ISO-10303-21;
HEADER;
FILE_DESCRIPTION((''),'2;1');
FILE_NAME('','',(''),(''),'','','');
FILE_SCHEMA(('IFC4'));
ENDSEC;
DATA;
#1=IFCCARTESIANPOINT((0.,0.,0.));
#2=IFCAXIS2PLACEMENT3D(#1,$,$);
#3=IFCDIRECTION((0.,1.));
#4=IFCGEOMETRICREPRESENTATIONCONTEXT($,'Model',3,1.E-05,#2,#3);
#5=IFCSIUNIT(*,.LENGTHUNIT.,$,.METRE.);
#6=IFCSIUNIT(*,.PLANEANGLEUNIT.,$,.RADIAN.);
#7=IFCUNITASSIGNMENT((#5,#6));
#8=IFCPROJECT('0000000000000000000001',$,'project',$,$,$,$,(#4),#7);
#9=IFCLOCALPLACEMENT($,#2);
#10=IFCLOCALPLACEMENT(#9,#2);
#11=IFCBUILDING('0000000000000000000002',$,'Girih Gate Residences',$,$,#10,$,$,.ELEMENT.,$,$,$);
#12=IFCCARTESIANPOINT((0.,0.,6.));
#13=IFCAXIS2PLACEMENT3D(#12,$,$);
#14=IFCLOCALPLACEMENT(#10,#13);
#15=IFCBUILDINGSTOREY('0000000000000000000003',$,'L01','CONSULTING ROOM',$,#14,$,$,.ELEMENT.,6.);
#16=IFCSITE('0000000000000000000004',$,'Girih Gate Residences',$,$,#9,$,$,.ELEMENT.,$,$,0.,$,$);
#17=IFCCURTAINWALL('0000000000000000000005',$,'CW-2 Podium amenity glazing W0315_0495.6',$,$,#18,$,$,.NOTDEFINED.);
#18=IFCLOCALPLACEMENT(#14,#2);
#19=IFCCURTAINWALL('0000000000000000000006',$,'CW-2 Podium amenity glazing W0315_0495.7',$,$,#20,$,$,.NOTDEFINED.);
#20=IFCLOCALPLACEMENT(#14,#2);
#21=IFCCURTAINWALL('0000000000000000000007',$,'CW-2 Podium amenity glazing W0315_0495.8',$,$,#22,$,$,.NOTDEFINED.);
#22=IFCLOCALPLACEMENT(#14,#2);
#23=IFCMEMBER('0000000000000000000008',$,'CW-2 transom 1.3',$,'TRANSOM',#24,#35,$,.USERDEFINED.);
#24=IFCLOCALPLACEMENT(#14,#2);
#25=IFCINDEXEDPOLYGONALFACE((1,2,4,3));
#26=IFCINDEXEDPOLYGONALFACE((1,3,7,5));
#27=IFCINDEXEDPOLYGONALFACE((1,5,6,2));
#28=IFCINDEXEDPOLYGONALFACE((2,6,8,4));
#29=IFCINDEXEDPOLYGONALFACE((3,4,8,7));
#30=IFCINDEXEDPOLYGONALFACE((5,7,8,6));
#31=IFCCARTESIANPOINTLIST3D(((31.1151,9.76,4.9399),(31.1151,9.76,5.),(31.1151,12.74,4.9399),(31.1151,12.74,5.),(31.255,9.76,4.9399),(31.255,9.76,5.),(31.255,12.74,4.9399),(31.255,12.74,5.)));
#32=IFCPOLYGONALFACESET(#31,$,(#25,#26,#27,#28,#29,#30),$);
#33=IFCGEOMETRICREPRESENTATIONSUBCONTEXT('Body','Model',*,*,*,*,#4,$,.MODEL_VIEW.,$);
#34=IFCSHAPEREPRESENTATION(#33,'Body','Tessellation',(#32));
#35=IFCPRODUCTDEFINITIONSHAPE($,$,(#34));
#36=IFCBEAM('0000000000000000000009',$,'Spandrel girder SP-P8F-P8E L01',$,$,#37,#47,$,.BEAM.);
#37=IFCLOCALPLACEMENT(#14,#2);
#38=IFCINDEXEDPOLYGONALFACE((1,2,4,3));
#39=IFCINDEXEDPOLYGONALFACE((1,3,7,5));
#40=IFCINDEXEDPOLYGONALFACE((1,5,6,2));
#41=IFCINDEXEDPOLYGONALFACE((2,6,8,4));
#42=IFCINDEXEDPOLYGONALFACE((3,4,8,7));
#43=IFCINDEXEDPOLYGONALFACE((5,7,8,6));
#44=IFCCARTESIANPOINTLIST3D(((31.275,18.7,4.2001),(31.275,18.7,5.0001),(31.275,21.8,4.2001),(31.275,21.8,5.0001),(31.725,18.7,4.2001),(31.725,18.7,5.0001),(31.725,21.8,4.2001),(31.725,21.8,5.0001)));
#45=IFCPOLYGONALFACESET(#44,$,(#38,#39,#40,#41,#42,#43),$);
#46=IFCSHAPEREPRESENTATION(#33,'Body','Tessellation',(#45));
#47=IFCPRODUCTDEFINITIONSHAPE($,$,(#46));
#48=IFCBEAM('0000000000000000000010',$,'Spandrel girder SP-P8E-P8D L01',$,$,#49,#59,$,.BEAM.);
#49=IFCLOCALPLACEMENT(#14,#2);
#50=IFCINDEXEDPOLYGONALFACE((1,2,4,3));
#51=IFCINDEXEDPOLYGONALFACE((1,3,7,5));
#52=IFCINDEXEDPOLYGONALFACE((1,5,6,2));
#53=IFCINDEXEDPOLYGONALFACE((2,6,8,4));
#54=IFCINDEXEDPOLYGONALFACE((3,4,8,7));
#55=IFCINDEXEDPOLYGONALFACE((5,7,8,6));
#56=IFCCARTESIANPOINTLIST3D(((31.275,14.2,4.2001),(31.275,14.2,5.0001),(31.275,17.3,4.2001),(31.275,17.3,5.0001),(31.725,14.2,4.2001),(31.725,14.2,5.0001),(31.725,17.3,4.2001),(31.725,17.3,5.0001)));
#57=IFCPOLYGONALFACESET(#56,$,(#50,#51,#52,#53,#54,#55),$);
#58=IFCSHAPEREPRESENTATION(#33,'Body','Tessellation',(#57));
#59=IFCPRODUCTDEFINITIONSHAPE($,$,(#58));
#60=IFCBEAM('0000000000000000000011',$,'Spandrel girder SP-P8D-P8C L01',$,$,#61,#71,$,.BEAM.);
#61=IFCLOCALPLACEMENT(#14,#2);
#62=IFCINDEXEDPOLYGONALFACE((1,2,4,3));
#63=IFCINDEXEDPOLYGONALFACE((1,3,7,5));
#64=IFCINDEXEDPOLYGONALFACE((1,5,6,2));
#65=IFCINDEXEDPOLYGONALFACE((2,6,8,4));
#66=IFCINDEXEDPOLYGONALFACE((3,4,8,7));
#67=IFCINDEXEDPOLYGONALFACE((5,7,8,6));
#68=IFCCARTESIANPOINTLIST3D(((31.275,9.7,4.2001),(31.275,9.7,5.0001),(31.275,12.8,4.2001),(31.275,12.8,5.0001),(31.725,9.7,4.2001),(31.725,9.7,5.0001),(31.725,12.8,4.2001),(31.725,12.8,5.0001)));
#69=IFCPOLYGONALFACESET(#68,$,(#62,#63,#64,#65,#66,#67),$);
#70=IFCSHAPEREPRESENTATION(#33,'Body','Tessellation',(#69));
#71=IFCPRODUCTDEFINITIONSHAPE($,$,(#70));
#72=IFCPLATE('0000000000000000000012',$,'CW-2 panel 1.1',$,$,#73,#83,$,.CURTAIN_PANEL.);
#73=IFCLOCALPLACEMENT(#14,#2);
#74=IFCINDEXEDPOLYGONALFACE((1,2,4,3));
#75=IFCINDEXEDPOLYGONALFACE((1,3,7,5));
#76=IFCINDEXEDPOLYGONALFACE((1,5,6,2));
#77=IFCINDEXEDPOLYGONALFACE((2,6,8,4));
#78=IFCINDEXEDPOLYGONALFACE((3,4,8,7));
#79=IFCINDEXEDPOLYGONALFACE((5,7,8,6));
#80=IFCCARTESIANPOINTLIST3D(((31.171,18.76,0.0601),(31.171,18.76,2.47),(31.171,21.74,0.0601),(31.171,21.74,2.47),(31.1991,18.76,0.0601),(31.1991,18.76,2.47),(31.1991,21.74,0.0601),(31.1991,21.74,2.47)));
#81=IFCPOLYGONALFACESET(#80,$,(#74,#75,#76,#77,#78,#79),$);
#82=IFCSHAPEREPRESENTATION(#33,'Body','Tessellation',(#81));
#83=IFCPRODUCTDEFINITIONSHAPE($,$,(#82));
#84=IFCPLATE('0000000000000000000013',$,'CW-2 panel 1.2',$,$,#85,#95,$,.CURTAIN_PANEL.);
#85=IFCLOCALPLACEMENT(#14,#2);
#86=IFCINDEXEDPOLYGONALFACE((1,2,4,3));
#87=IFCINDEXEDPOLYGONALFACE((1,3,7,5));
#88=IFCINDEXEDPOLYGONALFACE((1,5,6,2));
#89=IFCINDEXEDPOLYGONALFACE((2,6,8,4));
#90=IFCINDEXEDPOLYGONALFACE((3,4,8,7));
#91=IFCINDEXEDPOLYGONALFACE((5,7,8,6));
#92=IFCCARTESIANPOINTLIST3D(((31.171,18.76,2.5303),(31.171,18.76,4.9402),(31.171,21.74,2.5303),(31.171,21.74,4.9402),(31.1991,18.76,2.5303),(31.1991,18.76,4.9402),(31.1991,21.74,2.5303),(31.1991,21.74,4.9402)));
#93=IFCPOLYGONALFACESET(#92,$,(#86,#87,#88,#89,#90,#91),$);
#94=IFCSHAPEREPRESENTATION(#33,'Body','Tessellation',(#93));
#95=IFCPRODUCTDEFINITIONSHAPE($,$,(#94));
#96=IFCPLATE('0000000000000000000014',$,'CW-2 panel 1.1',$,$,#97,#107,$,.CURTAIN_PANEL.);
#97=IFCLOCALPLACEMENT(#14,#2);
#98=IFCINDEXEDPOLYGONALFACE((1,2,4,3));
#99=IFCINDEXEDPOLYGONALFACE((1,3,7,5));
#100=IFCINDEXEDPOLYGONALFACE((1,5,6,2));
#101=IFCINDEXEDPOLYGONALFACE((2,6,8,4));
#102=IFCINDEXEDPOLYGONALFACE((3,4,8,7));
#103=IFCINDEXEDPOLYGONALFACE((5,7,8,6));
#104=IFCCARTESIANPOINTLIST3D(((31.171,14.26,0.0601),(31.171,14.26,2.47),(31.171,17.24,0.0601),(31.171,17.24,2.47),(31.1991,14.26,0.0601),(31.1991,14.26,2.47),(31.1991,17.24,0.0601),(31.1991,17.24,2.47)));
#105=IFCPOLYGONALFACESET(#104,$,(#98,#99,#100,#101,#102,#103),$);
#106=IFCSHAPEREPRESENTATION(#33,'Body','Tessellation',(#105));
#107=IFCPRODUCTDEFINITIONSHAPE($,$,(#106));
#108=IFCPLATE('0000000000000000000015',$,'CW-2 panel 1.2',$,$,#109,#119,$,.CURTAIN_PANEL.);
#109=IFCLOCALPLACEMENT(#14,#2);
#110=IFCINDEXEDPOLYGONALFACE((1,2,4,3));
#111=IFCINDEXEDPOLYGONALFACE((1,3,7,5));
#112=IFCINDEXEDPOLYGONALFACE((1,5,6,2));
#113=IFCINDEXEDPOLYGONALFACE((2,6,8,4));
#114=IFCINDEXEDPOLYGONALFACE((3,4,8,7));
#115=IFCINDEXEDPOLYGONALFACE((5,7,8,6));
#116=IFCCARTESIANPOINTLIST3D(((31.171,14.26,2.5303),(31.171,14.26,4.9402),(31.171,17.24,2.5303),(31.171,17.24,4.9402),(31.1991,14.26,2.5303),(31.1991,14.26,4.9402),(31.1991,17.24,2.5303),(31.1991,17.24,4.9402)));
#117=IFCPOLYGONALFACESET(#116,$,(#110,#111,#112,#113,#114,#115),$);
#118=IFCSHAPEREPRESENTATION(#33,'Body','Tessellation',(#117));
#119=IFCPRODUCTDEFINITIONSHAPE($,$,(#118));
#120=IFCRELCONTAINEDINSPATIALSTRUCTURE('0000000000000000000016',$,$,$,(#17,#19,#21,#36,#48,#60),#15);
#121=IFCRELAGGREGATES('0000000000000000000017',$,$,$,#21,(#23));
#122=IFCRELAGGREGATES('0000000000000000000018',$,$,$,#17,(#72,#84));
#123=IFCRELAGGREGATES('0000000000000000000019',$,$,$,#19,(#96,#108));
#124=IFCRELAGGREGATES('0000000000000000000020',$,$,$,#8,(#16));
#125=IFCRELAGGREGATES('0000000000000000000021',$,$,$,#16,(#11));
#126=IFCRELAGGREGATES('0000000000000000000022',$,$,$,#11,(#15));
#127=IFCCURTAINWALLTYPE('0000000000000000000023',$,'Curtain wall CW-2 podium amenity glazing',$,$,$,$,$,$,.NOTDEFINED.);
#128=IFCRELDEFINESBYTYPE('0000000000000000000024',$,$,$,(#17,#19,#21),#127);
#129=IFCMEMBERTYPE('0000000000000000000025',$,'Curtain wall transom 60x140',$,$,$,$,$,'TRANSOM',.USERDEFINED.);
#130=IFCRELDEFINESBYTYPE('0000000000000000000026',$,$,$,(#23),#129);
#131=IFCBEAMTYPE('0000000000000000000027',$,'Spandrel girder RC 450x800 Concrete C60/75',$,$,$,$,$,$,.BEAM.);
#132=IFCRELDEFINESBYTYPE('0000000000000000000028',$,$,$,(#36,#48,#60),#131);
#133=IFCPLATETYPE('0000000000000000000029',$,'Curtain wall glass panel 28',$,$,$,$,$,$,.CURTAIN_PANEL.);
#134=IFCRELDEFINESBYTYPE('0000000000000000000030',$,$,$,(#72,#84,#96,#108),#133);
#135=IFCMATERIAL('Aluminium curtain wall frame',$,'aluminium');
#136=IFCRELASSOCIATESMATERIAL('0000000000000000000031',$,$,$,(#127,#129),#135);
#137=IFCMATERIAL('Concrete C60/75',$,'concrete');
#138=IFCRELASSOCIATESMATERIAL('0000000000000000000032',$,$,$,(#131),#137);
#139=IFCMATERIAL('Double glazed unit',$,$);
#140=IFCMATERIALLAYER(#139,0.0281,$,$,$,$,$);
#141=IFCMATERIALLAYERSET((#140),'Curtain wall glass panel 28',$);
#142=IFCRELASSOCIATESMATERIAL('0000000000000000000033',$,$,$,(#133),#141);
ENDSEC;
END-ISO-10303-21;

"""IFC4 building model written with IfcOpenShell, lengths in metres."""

from ifc_helpers import new_model, si_unit, direction, frame, origin, origin_2d, place, context, subcontext, project, spatial, rectangle, extrude, material, layer, layer_set, material_profile, profile_set, type_object, element, aggregate, save


model = new_model("IFC4")

# Units and contexts
model_context = context("Model", 3, precision=1e-05, world=origin(), true_north=direction((0.0, 1.0)))
body_context = subcontext(model_context, "Body", "Model", "MODEL_VIEW")
ifc_project = project(units=[si_unit("LENGTHUNIT", "METRE"), si_unit("PLANEANGLEUNIT", "RADIAN")], contexts=[model_context])

# Site, building, storey
site_placement = place(None, origin())
site = spatial("IfcSite", under=ifc_project, at=site_placement, Name="Girih Gate Residences", CompositionType="ELEMENT", RefElevation=0.0)
building_placement = place(site_placement, origin())
building = spatial("IfcBuilding", under=site, at=building_placement, Name="Girih Gate Residences", CompositionType="ELEMENT")
storey_placement = place(building_placement, frame((0.0, 0.0, 6.0)))
storey = spatial("IfcBuildingStorey", under=building, at=storey_placement, Name="L01", Description="CONSULTING ROOM", CompositionType="ELEMENT", Elevation=6.0)

# Shared definitions
ifc_material_1 = material(Name="Aluminium curtain wall frame", Category="aluminium")
curtain_wall_type = type_object("IfcCurtainWallType", Name="Curtain wall CW-2 podium amenity glazing", PredefinedType="NOTDEFINED", material=ifc_material_1)

# Curtain walls
curtain_wall_1_placement = place(storey_placement, origin())
curtain_wall_1 = element("IfcCurtainWall", 1, at=curtain_wall_1_placement, inside=storey, type_object=curtain_wall_type, Name="CW-2 Podium amenity glazing W0315_0495.6", PredefinedType="NOTDEFINED")
curtain_wall_2_placement = place(storey_placement, origin())
curtain_wall_2 = element("IfcCurtainWall", 2, at=curtain_wall_2_placement, inside=storey, type_object=curtain_wall_type, Name="CW-2 Podium amenity glazing W0315_0495.7", PredefinedType="NOTDEFINED")

# Curtain wall
curtain_wall_3_placement = place(storey_placement, origin())
curtain_wall_3 = element("IfcCurtainWall", 3, at=curtain_wall_3_placement, inside=storey, type_object=curtain_wall_type, Name="CW-2 Podium amenity glazing W0315_0495.8", PredefinedType="NOTDEFINED")

# Member
ifc_material_profile_1 = material_profile(ifc_material_1, rectangle(XDim=0.1399, YDim=0.0601, at=origin_2d()))
ifc_profile_set_1 = profile_set([ifc_material_profile_1], Name="Aluminium curtain wall frame")
member_type_1 = type_object("IfcMemberType", Name="Curtain wall transom 60x140", ElementType="TRANSOM", PredefinedType="USERDEFINED", material=ifc_profile_set_1)
member_1_placement = place(storey_placement, frame((31.1851, 12.74, 4.97), z_axis=(0.0, -1.0, 0.0), x_axis=(1.0, 0.0, 0.0)))
member_1 = element("IfcMember", 4, at=member_1_placement, type_object=member_type_1, Name="CW-2 transom 1.3", ObjectType="TRANSOM", PredefinedType="USERDEFINED", context=body_context, shape_type="SweptSolid", body=[
    extrude(rectangle(XDim=0.1399, YDim=0.0601, at=origin_2d()), origin(), (0.0, 0.0, 1.0), 2.98),
])
aggregate(curtain_wall_3, [member_1])

# Beams
ifc_material_2 = material(Name="Concrete C60/75", Category="concrete")
ifc_material_profile_2 = material_profile(ifc_material_2, rectangle(XDim=0.45, YDim=0.8, at=origin_2d()))
ifc_profile_set_2 = profile_set([ifc_material_profile_2], Name="Concrete C60/75")
beam_type = type_object("IfcBeamType", Name="Spandrel girder RC 450x800 Concrete C60/75", PredefinedType="BEAM", material=ifc_profile_set_2)
for number, where, z_axis, x_axis, name in (
    (5, (31.5, 21.8, 4.6001), (0.0, -1.0, 0.0), (1.0, 0.0, 0.0), "Spandrel girder SP-P8F-P8E L01"),
    (6, (31.5, 17.3, 4.6001), (0.0, -1.0, 0.0), (1.0, 0.0, 0.0), "Spandrel girder SP-P8E-P8D L01"),
    (7, (31.5, 12.8, 4.6001), (0.0, -1.0, 0.0), (1.0, 0.0, 0.0), "Spandrel girder SP-P8D-P8C L01"),
):
    element("IfcBeam", number, at=place(storey_placement, frame(where, z_axis=z_axis, x_axis=x_axis)), inside=storey, type_object=beam_type, Name=name, PredefinedType="BEAM", context=body_context, shape_type="SweptSolid", body=[
        extrude(rectangle(XDim=0.45, YDim=0.8, at=origin_2d()), origin(), (0.0, 0.0, 1.0), 3.1001),
    ])

# Plates
ifc_material_3 = material(Name="Double glazed unit")
ifc_layer = layer(ifc_material_3, 0.0281)
ifc_layer_set = layer_set([ifc_layer], Name="Curtain wall glass panel 28")
plate_type = type_object("IfcPlateType", Name="Curtain wall glass panel 28", PredefinedType="CURTAIN_PANEL", material=ifc_layer_set)
plate_1_placement = place(storey_placement, frame((31.1851, 20.25, 0.0601), z_axis=(0.0, 0.0, 1.0), x_axis=(0.0, -1.0, 0.0)))
plate_1 = element("IfcPlate", 8, at=plate_1_placement, type_object=plate_type, Name="CW-2 panel 1.1", PredefinedType="CURTAIN_PANEL", context=body_context, shape_type="SweptSolid", body=[
    extrude(rectangle(XDim=2.98, YDim=0.0281, at=origin_2d()), origin(), (0.0, 0.0, 1.0), 2.4099),
])
plate_2_placement = place(storey_placement, frame((31.1851, 20.25, 2.5303), z_axis=(0.0, 0.0, 1.0), x_axis=(0.0, -1.0, 0.0)))
plate_2 = element("IfcPlate", 9, at=plate_2_placement, type_object=plate_type, Name="CW-2 panel 1.2", PredefinedType="CURTAIN_PANEL", context=body_context, shape_type="SweptSolid", body=[
    extrude(rectangle(XDim=2.98, YDim=0.0281, at=origin_2d()), origin(), (0.0, 0.0, 1.0), 2.4099),
])
aggregate(curtain_wall_1, [plate_1, plate_2])
plate_3_placement = place(storey_placement, frame((31.1851, 15.75, 0.0601), z_axis=(0.0, 0.0, 1.0), x_axis=(0.0, -1.0, 0.0)))
plate_3 = element("IfcPlate", 10, at=plate_3_placement, type_object=plate_type, Name="CW-2 panel 1.1", PredefinedType="CURTAIN_PANEL", context=body_context, shape_type="SweptSolid", body=[
    extrude(rectangle(XDim=2.98, YDim=0.0281, at=origin_2d()), origin(), (0.0, 0.0, 1.0), 2.4099),
])
plate_4_placement = place(storey_placement, frame((31.1851, 15.75, 2.5303), z_axis=(0.0, 0.0, 1.0), x_axis=(0.0, -1.0, 0.0)))
plate_4 = element("IfcPlate", 11, at=plate_4_placement, type_object=plate_type, Name="CW-2 panel 1.2", PredefinedType="CURTAIN_PANEL", context=body_context, shape_type="SweptSolid", body=[
    extrude(rectangle(XDim=2.98, YDim=0.0281, at=origin_2d()), origin(), (0.0, 0.0, 1.0), 2.4099),
])
aggregate(curtain_wall_2, [plate_3, plate_4])

save(model, "model.ifc")
